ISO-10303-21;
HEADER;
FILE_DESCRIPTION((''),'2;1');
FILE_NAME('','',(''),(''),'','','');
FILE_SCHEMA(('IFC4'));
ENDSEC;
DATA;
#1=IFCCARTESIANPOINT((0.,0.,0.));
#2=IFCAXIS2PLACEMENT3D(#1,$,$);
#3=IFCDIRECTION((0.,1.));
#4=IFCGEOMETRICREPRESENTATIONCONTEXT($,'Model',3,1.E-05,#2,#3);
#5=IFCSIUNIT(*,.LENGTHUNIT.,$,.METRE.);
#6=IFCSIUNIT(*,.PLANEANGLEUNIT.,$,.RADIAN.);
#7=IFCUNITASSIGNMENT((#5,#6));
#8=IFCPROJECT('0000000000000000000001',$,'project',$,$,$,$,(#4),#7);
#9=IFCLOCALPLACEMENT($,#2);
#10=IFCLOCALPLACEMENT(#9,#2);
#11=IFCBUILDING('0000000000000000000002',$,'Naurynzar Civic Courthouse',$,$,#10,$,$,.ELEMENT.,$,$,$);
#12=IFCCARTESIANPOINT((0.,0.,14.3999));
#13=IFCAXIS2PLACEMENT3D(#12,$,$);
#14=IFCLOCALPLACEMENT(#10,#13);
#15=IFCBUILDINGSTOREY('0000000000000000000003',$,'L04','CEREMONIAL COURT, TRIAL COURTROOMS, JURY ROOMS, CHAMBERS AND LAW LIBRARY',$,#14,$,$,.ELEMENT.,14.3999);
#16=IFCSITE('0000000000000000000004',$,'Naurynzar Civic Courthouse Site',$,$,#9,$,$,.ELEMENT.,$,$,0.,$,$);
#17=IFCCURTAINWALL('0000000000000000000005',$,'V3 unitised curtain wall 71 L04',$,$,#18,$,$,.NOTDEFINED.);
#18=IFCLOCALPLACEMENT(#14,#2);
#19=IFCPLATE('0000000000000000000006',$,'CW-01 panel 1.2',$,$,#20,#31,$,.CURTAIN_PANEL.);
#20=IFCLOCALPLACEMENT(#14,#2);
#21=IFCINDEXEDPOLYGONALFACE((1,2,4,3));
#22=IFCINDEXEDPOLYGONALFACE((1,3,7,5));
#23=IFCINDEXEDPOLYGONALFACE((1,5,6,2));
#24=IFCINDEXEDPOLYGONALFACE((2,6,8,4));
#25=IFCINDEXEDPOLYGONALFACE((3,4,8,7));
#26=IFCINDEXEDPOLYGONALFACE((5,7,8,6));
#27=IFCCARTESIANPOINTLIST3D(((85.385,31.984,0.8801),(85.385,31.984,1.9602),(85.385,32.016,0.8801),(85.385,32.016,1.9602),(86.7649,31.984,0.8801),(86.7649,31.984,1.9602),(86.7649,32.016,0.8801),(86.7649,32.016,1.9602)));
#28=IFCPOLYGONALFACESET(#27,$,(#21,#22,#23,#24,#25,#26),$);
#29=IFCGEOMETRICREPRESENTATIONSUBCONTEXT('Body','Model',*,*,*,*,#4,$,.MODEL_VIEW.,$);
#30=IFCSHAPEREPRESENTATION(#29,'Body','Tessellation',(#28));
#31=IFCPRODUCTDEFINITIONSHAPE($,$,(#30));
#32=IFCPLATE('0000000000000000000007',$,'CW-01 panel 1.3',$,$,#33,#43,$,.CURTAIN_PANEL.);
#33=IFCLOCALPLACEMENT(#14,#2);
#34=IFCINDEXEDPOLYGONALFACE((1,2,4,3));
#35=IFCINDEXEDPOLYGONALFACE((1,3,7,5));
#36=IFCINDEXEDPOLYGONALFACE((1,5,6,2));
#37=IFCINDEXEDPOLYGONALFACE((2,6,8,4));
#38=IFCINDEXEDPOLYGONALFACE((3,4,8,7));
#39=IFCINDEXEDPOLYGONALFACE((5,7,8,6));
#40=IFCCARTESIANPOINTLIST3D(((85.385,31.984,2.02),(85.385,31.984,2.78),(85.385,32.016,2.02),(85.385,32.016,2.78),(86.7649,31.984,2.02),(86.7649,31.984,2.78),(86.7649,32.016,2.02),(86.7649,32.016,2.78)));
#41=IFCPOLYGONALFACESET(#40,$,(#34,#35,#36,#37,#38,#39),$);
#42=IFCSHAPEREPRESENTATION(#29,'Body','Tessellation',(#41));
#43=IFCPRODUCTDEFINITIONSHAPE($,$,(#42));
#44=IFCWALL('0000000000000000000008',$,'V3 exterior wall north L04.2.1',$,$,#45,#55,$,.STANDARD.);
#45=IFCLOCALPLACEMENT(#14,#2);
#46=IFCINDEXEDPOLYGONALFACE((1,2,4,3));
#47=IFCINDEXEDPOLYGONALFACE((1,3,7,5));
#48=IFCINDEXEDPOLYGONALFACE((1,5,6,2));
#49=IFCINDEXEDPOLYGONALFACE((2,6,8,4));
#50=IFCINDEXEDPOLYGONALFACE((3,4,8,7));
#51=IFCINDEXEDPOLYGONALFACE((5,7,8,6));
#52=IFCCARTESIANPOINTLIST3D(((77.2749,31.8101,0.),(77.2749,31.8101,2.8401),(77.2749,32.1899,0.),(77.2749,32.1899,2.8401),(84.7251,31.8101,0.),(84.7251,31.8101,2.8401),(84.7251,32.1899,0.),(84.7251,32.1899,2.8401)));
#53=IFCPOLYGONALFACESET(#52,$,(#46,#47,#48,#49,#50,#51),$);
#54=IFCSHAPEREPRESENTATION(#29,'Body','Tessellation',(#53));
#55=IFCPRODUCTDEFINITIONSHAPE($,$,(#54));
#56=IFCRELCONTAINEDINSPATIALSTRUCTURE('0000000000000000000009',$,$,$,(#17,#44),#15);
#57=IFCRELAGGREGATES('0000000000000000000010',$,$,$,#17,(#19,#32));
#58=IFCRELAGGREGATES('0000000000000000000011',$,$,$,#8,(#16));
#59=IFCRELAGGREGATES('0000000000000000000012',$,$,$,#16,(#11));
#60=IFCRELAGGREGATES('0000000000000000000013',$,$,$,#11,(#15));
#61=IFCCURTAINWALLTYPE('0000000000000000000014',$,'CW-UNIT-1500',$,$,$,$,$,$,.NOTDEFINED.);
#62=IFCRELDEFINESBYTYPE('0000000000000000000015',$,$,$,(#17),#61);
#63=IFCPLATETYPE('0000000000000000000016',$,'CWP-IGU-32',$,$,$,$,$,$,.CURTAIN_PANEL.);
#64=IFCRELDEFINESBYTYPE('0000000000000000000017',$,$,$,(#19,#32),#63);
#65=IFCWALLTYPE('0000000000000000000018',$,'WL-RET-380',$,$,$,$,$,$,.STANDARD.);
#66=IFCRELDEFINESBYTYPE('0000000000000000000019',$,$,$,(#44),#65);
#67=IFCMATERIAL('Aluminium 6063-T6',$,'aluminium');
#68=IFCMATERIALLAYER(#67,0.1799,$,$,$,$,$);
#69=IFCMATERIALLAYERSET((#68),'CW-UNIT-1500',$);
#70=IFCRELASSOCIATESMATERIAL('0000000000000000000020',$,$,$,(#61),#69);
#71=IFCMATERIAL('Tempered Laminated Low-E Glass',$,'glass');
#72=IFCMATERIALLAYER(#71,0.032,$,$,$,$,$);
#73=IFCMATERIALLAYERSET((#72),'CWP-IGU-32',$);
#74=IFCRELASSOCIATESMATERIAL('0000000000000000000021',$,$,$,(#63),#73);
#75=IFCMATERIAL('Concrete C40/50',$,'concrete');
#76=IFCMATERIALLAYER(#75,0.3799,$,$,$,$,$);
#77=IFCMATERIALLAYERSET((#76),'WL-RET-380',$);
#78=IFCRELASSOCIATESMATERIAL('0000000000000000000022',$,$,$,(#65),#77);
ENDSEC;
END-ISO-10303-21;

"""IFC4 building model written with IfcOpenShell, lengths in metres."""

from ifc_helpers import new_model, si_unit, direction, frame, frame_2d, origin, origin_2d, place, context, subcontext, project, spatial, rectangle, extrude, material, layer, layer_set, type_object, element, aggregate, save


model = new_model("IFC4")

# Units and contexts
model_context = context("Model", 3, precision=1e-05, world=origin(), true_north=direction((0.0, 1.0)))
body_context = subcontext(model_context, "Body", "Model", "MODEL_VIEW")
ifc_project = project(units=[si_unit("LENGTHUNIT", "METRE"), si_unit("PLANEANGLEUNIT", "RADIAN")], contexts=[model_context])

# Site, building, storey
site_placement = place(None, origin())
site = spatial("IfcSite", under=ifc_project, at=site_placement, Name="Naurynzar Civic Courthouse Site", CompositionType="ELEMENT", RefElevation=0.0)
building_placement = place(site_placement, origin())
building = spatial("IfcBuilding", under=site, at=building_placement, Name="Naurynzar Civic Courthouse", CompositionType="ELEMENT")
storey_placement = place(building_placement, frame((0.0, 0.0, 14.3999)))
storey = spatial("IfcBuildingStorey", under=building, at=storey_placement, Name="L04", Description="CEREMONIAL COURT, TRIAL COURTROOMS, JURY ROOMS, CHAMBERS AND LAW LIBRARY", CompositionType="ELEMENT", Elevation=14.3999)

# Curtain wall
ifc_material_1 = material(Name="Aluminium 6063-T6", Category="aluminium")
ifc_layer_1 = layer(ifc_material_1, 0.1799)
ifc_layer_set_1 = layer_set([ifc_layer_1], Name="CW-UNIT-1500")
curtain_wall_type = type_object("IfcCurtainWallType", Name="CW-UNIT-1500", PredefinedType="NOTDEFINED", material=ifc_layer_set_1)
curtain_wall_1_placement = place(storey_placement, origin())
curtain_wall_1 = element("IfcCurtainWall", 1, at=curtain_wall_1_placement, inside=storey, type_object=curtain_wall_type, Name="V3 unitised curtain wall 71 L04", PredefinedType="NOTDEFINED")

# Plates
ifc_material_2 = material(Name="Tempered Laminated Low-E Glass", Category="glass")
ifc_layer_2 = layer(ifc_material_2, 0.032)
ifc_layer_set_2 = layer_set([ifc_layer_2], Name="CWP-IGU-32")
plate_type = type_object("IfcPlateType", Name="CWP-IGU-32", PredefinedType="CURTAIN_PANEL", material=ifc_layer_set_2)
plate_1_placement = place(storey_placement, frame((86.075, 32.0, 0.8801), z_axis=(0.0, 0.0, 1.0), x_axis=(1.0, 0.0, 0.0)))
plate_1 = element("IfcPlate", 2, at=plate_1_placement, type_object=plate_type, Name="CW-01 panel 1.2", PredefinedType="CURTAIN_PANEL", context=body_context, shape_type="SweptSolid", body=[
    extrude(rectangle(XDim=1.3799, YDim=0.032, at=origin_2d()), origin(), (0.0, 0.0, 1.0), 1.0801),
])
plate_2_placement = place(storey_placement, frame((86.075, 32.0, 2.02), z_axis=(0.0, 0.0, 1.0), x_axis=(1.0, 0.0, 0.0)))
plate_2 = element("IfcPlate", 3, at=plate_2_placement, type_object=plate_type, Name="CW-01 panel 1.3", PredefinedType="CURTAIN_PANEL", context=body_context, shape_type="SweptSolid", body=[
    extrude(rectangle(XDim=1.3799, YDim=0.032, at=origin_2d()), origin(), (0.0, 0.0, 1.0), 0.76),
])
aggregate(curtain_wall_1, [plate_1, plate_2])

# Wall
ifc_material_3 = material(Name="Concrete C40/50", Category="concrete")
ifc_layer_3 = layer(ifc_material_3, 0.3799)
ifc_layer_set_3 = layer_set([ifc_layer_3], Name="WL-RET-380")
wall_type = type_object("IfcWallType", Name="WL-RET-380", PredefinedType="STANDARD", material=ifc_layer_set_3)
wall_placement = place(storey_placement, frame((77.2749, 32.0, 0.0), z_axis=(0.0, 0.0, 1.0), x_axis=(1.0, 0.0, 0.0)))
element("IfcWall", 4, at=wall_placement, inside=storey, type_object=wall_type, Name="V3 exterior wall north L04.2.1", PredefinedType="STANDARD", context=body_context, shape_type="SweptSolid", body=[
    extrude(rectangle(XDim=7.4502, YDim=0.3799, at=frame_2d((3.7251, 0.0))), origin(), (0.0, 0.0, 1.0), 2.8401),
])

save(model, "model.ifc")
